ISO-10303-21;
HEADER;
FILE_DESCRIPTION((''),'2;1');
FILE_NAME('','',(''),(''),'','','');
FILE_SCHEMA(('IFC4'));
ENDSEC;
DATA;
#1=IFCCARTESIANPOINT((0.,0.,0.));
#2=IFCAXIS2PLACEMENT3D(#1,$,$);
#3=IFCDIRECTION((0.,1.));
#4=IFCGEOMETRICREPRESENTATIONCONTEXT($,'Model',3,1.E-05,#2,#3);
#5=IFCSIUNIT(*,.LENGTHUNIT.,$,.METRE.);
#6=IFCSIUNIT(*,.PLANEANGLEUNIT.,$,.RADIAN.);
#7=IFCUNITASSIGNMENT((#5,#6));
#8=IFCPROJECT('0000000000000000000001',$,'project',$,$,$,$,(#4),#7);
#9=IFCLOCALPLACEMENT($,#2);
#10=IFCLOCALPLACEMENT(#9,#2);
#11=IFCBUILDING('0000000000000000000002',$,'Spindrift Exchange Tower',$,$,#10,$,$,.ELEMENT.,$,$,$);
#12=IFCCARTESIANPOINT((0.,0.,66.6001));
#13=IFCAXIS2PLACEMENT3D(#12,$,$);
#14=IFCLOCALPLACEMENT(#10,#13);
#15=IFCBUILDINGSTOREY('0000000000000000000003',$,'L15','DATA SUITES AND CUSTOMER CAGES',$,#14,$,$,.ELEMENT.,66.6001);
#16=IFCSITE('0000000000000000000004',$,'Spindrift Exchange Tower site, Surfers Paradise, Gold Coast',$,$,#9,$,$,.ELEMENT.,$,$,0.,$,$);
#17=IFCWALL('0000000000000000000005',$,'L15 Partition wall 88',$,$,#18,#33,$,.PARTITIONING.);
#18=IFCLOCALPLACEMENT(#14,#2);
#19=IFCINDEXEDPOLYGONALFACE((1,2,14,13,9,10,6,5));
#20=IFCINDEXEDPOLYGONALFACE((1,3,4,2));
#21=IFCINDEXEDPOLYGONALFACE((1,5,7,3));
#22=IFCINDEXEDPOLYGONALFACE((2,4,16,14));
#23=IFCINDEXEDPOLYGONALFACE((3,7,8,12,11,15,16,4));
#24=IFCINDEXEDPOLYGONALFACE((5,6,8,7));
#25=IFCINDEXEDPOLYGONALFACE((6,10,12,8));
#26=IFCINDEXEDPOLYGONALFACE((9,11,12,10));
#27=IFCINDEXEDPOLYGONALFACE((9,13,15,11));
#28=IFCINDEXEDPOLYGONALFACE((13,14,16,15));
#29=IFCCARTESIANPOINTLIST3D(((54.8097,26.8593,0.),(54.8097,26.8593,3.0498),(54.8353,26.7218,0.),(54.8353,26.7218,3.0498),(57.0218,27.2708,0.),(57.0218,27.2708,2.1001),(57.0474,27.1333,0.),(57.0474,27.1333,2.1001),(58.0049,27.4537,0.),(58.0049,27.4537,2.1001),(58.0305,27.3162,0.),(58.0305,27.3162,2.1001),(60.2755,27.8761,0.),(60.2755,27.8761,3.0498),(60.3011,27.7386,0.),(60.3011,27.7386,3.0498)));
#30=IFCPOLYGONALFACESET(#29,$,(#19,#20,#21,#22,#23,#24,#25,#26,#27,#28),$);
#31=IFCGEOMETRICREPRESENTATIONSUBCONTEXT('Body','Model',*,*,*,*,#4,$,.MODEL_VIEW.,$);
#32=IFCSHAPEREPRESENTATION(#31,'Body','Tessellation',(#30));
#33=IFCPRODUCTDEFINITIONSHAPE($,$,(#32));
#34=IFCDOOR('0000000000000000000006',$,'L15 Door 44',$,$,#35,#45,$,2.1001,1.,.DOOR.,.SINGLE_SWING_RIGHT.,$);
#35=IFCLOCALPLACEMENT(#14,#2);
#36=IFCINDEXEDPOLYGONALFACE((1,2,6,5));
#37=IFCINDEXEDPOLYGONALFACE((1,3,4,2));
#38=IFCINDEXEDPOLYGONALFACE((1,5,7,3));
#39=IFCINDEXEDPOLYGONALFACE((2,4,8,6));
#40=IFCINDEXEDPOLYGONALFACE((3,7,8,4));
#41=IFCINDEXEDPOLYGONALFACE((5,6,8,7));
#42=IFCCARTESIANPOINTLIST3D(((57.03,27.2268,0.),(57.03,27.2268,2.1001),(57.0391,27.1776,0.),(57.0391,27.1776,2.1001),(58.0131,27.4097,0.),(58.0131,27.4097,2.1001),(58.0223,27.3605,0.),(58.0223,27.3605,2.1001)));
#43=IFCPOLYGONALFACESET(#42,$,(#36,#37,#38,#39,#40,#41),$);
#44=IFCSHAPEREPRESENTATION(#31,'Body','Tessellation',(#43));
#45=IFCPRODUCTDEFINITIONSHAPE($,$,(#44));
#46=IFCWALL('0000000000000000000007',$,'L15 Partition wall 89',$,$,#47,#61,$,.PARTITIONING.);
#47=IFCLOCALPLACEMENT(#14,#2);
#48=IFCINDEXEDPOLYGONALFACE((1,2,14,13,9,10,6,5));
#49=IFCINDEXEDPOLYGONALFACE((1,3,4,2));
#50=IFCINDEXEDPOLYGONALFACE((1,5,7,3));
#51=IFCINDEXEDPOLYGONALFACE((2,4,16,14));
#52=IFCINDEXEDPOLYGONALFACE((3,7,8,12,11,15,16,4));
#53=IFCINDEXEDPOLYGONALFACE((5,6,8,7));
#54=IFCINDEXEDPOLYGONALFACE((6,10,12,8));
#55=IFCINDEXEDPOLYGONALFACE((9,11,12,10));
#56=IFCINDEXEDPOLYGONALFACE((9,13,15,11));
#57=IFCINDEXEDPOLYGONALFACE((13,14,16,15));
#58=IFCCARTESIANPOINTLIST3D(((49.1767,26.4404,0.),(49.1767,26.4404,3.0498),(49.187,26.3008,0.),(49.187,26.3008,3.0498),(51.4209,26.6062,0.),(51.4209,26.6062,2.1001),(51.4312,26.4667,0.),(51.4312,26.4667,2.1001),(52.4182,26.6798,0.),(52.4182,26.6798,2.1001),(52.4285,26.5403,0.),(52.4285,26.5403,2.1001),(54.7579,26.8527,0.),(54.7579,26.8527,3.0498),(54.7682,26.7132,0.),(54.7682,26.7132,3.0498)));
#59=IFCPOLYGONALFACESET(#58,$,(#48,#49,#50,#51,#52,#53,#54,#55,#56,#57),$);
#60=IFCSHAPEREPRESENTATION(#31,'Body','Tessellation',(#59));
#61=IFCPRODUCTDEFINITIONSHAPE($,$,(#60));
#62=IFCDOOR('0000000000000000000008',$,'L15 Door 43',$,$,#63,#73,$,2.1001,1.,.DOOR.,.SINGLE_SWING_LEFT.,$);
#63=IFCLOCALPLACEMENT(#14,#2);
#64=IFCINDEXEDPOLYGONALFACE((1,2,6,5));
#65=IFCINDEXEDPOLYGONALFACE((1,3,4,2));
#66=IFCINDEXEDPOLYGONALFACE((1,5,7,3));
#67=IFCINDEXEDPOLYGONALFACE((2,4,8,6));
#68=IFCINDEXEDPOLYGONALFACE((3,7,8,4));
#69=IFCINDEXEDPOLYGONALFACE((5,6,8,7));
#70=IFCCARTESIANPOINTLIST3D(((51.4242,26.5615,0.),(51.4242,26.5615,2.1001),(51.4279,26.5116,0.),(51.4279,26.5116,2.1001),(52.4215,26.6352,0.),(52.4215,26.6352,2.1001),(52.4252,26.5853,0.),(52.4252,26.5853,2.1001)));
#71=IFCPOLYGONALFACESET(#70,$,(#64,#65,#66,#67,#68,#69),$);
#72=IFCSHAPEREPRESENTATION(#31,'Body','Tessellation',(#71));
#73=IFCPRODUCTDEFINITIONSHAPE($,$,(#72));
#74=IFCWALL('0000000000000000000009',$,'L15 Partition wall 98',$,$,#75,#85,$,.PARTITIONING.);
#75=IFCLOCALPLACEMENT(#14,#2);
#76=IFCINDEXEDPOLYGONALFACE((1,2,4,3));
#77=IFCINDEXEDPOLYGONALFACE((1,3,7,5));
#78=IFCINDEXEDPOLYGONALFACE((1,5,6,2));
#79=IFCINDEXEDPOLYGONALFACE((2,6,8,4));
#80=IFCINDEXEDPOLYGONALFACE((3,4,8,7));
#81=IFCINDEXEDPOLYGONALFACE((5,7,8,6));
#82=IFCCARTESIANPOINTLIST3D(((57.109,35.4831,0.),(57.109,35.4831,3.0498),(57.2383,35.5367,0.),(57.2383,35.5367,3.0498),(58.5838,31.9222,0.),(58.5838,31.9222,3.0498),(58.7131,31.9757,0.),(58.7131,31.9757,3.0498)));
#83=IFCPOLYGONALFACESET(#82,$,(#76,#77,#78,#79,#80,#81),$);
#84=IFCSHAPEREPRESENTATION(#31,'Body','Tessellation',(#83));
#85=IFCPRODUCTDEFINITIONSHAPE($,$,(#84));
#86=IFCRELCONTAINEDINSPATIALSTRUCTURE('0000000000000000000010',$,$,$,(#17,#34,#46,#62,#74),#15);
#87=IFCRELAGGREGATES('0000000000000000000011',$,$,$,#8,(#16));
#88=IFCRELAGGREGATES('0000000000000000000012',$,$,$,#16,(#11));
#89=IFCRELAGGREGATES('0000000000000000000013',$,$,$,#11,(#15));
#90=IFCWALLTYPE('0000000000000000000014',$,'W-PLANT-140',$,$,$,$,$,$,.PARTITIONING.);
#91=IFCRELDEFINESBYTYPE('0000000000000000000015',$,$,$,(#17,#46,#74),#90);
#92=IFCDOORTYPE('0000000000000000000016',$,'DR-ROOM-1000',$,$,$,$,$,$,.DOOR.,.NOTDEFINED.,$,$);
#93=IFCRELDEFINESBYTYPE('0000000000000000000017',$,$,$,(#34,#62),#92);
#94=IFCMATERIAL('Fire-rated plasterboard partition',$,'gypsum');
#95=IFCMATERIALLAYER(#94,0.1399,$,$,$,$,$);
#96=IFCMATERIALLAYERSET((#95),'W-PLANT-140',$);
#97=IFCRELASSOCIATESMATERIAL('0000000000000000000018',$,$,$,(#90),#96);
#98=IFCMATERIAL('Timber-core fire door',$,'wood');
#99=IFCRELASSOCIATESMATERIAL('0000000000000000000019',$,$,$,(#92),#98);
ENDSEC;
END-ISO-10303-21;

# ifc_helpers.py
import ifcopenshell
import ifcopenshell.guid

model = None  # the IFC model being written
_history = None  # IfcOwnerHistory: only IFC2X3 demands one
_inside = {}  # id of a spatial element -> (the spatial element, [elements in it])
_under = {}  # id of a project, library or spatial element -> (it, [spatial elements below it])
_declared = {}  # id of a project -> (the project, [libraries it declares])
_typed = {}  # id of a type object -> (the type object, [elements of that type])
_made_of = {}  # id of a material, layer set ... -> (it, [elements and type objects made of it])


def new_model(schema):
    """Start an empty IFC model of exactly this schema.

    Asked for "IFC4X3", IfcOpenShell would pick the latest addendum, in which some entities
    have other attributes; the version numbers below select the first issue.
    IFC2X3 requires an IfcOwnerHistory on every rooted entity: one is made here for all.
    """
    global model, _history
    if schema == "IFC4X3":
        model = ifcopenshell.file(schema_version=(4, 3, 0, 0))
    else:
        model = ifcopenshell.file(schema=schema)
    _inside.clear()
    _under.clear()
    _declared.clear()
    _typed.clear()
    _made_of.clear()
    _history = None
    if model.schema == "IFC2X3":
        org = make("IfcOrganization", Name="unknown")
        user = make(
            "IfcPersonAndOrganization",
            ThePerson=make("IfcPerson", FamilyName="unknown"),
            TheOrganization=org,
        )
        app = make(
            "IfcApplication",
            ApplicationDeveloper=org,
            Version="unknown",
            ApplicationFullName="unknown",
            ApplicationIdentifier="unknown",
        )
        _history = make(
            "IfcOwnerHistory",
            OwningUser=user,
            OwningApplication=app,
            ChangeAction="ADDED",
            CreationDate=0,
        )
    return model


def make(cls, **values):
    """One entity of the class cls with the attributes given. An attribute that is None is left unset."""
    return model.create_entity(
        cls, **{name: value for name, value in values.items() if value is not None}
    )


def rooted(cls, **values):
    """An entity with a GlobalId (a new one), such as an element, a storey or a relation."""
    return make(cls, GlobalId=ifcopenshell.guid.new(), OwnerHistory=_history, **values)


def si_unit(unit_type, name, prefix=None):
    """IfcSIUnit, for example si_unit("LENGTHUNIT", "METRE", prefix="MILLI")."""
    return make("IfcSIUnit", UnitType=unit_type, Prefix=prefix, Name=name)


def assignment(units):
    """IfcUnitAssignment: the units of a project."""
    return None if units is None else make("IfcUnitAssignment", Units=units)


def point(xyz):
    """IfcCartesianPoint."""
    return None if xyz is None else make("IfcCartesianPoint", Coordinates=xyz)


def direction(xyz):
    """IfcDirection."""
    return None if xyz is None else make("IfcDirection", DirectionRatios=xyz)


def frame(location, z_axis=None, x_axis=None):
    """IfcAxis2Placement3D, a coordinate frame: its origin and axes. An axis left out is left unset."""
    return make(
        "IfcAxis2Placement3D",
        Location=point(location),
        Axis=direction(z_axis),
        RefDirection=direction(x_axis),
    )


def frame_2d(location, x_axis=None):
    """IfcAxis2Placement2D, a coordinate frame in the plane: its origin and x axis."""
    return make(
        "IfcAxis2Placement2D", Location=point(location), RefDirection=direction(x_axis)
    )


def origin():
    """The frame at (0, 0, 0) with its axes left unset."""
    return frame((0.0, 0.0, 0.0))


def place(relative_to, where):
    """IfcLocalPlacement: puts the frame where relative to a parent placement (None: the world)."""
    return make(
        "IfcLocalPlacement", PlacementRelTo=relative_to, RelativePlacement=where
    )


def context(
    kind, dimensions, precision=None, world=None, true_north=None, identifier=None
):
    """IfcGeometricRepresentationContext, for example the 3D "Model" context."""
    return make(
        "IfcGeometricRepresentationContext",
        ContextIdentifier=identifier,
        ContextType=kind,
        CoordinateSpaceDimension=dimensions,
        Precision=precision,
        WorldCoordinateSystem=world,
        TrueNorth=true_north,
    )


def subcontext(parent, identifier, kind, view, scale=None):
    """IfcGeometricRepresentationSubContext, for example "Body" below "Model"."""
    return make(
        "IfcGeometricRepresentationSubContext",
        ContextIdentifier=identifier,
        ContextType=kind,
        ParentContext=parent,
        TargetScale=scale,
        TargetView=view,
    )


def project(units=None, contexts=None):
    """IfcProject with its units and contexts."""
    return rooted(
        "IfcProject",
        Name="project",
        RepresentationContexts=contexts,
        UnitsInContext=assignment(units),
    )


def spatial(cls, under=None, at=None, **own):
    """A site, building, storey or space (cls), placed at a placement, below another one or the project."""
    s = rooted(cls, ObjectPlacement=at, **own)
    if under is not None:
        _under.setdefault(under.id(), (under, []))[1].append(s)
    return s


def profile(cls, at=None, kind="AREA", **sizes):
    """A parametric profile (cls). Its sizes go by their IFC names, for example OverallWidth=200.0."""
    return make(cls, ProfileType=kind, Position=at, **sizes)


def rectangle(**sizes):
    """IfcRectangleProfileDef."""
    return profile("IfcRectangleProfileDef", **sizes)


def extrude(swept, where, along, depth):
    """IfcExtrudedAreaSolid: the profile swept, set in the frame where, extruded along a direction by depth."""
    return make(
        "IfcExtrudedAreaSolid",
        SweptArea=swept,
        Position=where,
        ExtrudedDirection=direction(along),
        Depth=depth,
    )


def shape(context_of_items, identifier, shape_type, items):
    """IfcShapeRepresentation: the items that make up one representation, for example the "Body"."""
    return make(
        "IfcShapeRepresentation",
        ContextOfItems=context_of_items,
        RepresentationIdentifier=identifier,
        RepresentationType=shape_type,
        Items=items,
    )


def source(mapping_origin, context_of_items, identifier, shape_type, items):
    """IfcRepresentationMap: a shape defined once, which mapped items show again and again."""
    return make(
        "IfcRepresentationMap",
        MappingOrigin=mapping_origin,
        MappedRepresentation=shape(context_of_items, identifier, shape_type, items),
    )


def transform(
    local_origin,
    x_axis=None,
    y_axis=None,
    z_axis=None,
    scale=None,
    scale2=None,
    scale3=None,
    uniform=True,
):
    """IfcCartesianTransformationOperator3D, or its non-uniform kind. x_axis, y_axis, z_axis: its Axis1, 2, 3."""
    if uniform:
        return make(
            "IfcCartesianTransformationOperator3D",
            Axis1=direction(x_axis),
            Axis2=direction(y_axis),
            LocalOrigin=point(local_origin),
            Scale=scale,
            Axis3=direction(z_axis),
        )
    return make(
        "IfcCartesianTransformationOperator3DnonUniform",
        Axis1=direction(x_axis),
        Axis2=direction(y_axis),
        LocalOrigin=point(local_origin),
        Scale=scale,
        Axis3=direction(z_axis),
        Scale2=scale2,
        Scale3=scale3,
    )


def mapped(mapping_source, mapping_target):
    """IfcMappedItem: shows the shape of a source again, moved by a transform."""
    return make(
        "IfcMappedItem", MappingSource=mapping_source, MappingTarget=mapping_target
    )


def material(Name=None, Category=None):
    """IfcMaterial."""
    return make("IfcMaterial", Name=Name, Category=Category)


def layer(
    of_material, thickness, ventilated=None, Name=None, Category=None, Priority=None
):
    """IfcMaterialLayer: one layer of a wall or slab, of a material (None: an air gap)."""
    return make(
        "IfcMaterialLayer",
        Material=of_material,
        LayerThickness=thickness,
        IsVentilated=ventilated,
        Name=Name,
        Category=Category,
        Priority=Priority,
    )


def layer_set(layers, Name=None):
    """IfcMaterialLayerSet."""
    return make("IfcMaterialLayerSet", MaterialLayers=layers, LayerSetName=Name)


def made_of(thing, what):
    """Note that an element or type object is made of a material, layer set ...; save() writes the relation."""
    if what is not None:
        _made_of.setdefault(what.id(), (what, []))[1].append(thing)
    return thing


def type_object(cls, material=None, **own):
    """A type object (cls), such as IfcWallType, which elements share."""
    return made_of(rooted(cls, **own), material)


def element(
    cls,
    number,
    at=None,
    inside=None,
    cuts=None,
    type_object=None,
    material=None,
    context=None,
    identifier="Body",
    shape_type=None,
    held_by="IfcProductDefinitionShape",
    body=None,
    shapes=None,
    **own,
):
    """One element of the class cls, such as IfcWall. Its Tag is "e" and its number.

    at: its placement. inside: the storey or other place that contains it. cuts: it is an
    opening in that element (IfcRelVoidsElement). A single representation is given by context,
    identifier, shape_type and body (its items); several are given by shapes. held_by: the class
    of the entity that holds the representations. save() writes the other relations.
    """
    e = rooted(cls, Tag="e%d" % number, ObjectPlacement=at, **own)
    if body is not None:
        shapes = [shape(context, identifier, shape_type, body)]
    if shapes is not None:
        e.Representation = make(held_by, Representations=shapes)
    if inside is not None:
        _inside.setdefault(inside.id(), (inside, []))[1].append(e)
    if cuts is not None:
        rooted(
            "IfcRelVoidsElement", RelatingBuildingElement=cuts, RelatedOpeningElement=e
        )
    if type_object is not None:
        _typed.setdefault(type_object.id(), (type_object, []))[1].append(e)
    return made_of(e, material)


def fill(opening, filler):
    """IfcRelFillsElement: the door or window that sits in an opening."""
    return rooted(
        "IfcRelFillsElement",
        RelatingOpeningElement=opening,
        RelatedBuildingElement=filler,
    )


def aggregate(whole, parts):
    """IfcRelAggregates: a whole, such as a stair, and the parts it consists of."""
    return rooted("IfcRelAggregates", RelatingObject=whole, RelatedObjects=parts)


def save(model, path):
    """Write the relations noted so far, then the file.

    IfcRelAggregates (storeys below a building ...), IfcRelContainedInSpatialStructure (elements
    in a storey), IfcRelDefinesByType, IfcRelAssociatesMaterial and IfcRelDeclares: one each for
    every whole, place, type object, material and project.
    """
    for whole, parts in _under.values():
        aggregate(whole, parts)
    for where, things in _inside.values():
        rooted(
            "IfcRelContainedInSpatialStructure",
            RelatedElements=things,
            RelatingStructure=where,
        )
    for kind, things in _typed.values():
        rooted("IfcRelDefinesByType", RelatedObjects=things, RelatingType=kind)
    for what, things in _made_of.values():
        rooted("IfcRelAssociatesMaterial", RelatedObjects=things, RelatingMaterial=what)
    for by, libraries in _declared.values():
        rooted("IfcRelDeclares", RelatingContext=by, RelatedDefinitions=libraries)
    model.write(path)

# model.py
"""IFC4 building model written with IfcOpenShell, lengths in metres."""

from ifc_helpers import new_model, si_unit, direction, frame, frame_2d, origin, place, context, subcontext, project, spatial, rectangle, extrude, source, transform, mapped, material, layer, layer_set, type_object, element, fill, save


model = new_model("IFC4")

# Units and contexts
model_context = context("Model", 3, precision=1e-05, world=origin(), true_north=direction((0.0, 1.0)))
body_context = subcontext(model_context, "Body", "Model", "MODEL_VIEW")
ifc_project = project(units=[si_unit("LENGTHUNIT", "METRE"), si_unit("PLANEANGLEUNIT", "RADIAN")], contexts=[model_context])

# Site, building, storey
site_placement = place(None, origin())
site = spatial("IfcSite", under=ifc_project, at=site_placement, Name="Spindrift Exchange Tower site, Surfers Paradise, Gold Coast", CompositionType="ELEMENT", RefElevation=0.0)
building_placement = place(site_placement, origin())
building = spatial("IfcBuilding", under=site, at=building_placement, Name="Spindrift Exchange Tower", CompositionType="ELEMENT")
storey_placement = place(building_placement, frame((0.0, 0.0, 66.6001)))
storey = spatial("IfcBuildingStorey", under=building, at=storey_placement, Name="L15", Description="DATA SUITES AND CUSTOMER CAGES", CompositionType="ELEMENT", Elevation=66.6001)

# Shared definitions
ifc_material_1 = material(Name="Fire-rated plasterboard partition", Category="gypsum")
ifc_layer_1 = layer(ifc_material_1, 0.1399)
ifc_layer_set_1 = layer_set([ifc_layer_1], Name="W-PLANT-140")
wall_type_1 = type_object("IfcWallType", Name="W-PLANT-140", PredefinedType="PARTITIONING", material=ifc_layer_set_1)

# Walls, openings, doors
wall_1_placement = place(storey_placement, frame((60.2883, 27.8074, 0.0), z_axis=(0.0, 0.0, 1.0), x_axis=(-0.983132, -0.182899, 0.0)))
wall_1 = element("IfcWall", 1, at=wall_1_placement, inside=storey, type_object=wall_type_1, Name="L15 Partition wall 88", PredefinedType="PARTITIONING", context=body_context, shape_type="SweptSolid", body=[
    extrude(rectangle(XDim=5.5596, YDim=0.1399, at=frame_2d((2.7798, 0.0))), origin(), (0.0, 0.0, 1.0), 3.0498),
])
opening_1_placement = place(wall_1_placement, frame((2.3096, 0.0, 0.0)))
opening_1 = element("IfcOpeningElement", 2, at=opening_1_placement, cuts=wall_1, PredefinedType="OPENING", context=body_context, shape_type="SweptSolid", body=[
    extrude(rectangle(XDim=1.0, YDim=2.1001, at=frame_2d((0.5, 1.05))), frame((0.0, 0.0798, 0.0), z_axis=(0.0, -1.0, 0.0), x_axis=(1.0, 0.0, 0.0)), (0.0, 0.0, 1.0), 0.1599),
])
ifc_material_2 = material(Name="Timber-core fire door", Category="wood")
door_type = type_object("IfcDoorType", Name="DR-ROOM-1000", OperationType="NOTDEFINED", PredefinedType="DOOR", material=ifc_material_2)
shared_shape_1 = source(origin(), body_context, "Body", "SweptSolid", [
    extrude(rectangle(XDim=1.0, YDim=2.1001, at=frame_2d((0.5, 1.05))), frame((0.0, 0.0249, 0.0), z_axis=(0.0, -1.0, 0.0), x_axis=(1.0, 0.0, 0.0)), (0.0, 0.0, 1.0), 0.05),
])
door_1_placement = place(opening_1_placement, origin())
door_1 = element("IfcDoor", 3, at=door_1_placement, inside=storey, type_object=door_type, Name="L15 Door 44", OperationType="SINGLE_SWING_RIGHT", OverallHeight=2.1001, OverallWidth=1.0, PredefinedType="DOOR", context=body_context, shape_type="MappedRepresentation", body=[
    mapped(shared_shape_1, transform((0.0, 0.0, 0.0), scale=1.0)),
])
fill(opening_1, door_1)
wall_2_placement = place(storey_placement, frame((54.7632, 26.783, 0.0), z_axis=(0.0, 0.0, 1.0), x_axis=(-0.997282, -0.07368, 0.0)))
wall_2 = element("IfcWall", 4, at=wall_2_placement, inside=storey, type_object=wall_type_1, Name="L15 Partition wall 89", PredefinedType="PARTITIONING", context=body_context, shape_type="SweptSolid", body=[
    extrude(rectangle(XDim=5.5964, YDim=0.1399, at=frame_2d((2.7983, 0.0))), origin(), (0.0, 0.0, 1.0), 3.0498),
])
opening_2_placement = place(wall_2_placement, frame((2.3462, 0.0, 0.0)))
opening_2 = element("IfcOpeningElement", 5, at=opening_2_placement, cuts=wall_2, PredefinedType="OPENING", context=body_context, shape_type="SweptSolid", body=[
    extrude(rectangle(XDim=1.0, YDim=2.1001, at=frame_2d((0.5, 1.05))), frame((0.0, 0.0798, 0.0), z_axis=(0.0, -1.0, 0.0), x_axis=(1.0, 0.0, 0.0)), (0.0, 0.0, 1.0), 0.1599),
])
door_2_placement = place(opening_2_placement, origin())
door_2 = element("IfcDoor", 6, at=door_2_placement, inside=storey, type_object=door_type, Name="L15 Door 43", OperationType="SINGLE_SWING_LEFT", OverallHeight=2.1001, OverallWidth=1.0, PredefinedType="DOOR", context=body_context, shape_type="MappedRepresentation", body=[
    mapped(shared_shape_1, transform((0.0, 0.0, 0.0), scale=1.0)),
])
fill(opening_2, door_2)

# Wall
wall_3_placement = place(storey_placement, frame((57.1736, 35.51, 0.0), z_axis=(0.0, 0.0, 1.0), x_axis=(0.382645, -0.923896, 0.0)))
element("IfcWall", 7, at=wall_3_placement, inside=storey, type_object=wall_type_1, Name="L15 Partition wall 98", PredefinedType="PARTITIONING", context=body_context, shape_type="SweptSolid", body=[
    extrude(rectangle(XDim=3.8542, YDim=0.1399, at=frame_2d((1.9272, 0.0))), origin(), (0.0, 0.0, 1.0), 3.0498),
])

save(model, "model.ifc")
